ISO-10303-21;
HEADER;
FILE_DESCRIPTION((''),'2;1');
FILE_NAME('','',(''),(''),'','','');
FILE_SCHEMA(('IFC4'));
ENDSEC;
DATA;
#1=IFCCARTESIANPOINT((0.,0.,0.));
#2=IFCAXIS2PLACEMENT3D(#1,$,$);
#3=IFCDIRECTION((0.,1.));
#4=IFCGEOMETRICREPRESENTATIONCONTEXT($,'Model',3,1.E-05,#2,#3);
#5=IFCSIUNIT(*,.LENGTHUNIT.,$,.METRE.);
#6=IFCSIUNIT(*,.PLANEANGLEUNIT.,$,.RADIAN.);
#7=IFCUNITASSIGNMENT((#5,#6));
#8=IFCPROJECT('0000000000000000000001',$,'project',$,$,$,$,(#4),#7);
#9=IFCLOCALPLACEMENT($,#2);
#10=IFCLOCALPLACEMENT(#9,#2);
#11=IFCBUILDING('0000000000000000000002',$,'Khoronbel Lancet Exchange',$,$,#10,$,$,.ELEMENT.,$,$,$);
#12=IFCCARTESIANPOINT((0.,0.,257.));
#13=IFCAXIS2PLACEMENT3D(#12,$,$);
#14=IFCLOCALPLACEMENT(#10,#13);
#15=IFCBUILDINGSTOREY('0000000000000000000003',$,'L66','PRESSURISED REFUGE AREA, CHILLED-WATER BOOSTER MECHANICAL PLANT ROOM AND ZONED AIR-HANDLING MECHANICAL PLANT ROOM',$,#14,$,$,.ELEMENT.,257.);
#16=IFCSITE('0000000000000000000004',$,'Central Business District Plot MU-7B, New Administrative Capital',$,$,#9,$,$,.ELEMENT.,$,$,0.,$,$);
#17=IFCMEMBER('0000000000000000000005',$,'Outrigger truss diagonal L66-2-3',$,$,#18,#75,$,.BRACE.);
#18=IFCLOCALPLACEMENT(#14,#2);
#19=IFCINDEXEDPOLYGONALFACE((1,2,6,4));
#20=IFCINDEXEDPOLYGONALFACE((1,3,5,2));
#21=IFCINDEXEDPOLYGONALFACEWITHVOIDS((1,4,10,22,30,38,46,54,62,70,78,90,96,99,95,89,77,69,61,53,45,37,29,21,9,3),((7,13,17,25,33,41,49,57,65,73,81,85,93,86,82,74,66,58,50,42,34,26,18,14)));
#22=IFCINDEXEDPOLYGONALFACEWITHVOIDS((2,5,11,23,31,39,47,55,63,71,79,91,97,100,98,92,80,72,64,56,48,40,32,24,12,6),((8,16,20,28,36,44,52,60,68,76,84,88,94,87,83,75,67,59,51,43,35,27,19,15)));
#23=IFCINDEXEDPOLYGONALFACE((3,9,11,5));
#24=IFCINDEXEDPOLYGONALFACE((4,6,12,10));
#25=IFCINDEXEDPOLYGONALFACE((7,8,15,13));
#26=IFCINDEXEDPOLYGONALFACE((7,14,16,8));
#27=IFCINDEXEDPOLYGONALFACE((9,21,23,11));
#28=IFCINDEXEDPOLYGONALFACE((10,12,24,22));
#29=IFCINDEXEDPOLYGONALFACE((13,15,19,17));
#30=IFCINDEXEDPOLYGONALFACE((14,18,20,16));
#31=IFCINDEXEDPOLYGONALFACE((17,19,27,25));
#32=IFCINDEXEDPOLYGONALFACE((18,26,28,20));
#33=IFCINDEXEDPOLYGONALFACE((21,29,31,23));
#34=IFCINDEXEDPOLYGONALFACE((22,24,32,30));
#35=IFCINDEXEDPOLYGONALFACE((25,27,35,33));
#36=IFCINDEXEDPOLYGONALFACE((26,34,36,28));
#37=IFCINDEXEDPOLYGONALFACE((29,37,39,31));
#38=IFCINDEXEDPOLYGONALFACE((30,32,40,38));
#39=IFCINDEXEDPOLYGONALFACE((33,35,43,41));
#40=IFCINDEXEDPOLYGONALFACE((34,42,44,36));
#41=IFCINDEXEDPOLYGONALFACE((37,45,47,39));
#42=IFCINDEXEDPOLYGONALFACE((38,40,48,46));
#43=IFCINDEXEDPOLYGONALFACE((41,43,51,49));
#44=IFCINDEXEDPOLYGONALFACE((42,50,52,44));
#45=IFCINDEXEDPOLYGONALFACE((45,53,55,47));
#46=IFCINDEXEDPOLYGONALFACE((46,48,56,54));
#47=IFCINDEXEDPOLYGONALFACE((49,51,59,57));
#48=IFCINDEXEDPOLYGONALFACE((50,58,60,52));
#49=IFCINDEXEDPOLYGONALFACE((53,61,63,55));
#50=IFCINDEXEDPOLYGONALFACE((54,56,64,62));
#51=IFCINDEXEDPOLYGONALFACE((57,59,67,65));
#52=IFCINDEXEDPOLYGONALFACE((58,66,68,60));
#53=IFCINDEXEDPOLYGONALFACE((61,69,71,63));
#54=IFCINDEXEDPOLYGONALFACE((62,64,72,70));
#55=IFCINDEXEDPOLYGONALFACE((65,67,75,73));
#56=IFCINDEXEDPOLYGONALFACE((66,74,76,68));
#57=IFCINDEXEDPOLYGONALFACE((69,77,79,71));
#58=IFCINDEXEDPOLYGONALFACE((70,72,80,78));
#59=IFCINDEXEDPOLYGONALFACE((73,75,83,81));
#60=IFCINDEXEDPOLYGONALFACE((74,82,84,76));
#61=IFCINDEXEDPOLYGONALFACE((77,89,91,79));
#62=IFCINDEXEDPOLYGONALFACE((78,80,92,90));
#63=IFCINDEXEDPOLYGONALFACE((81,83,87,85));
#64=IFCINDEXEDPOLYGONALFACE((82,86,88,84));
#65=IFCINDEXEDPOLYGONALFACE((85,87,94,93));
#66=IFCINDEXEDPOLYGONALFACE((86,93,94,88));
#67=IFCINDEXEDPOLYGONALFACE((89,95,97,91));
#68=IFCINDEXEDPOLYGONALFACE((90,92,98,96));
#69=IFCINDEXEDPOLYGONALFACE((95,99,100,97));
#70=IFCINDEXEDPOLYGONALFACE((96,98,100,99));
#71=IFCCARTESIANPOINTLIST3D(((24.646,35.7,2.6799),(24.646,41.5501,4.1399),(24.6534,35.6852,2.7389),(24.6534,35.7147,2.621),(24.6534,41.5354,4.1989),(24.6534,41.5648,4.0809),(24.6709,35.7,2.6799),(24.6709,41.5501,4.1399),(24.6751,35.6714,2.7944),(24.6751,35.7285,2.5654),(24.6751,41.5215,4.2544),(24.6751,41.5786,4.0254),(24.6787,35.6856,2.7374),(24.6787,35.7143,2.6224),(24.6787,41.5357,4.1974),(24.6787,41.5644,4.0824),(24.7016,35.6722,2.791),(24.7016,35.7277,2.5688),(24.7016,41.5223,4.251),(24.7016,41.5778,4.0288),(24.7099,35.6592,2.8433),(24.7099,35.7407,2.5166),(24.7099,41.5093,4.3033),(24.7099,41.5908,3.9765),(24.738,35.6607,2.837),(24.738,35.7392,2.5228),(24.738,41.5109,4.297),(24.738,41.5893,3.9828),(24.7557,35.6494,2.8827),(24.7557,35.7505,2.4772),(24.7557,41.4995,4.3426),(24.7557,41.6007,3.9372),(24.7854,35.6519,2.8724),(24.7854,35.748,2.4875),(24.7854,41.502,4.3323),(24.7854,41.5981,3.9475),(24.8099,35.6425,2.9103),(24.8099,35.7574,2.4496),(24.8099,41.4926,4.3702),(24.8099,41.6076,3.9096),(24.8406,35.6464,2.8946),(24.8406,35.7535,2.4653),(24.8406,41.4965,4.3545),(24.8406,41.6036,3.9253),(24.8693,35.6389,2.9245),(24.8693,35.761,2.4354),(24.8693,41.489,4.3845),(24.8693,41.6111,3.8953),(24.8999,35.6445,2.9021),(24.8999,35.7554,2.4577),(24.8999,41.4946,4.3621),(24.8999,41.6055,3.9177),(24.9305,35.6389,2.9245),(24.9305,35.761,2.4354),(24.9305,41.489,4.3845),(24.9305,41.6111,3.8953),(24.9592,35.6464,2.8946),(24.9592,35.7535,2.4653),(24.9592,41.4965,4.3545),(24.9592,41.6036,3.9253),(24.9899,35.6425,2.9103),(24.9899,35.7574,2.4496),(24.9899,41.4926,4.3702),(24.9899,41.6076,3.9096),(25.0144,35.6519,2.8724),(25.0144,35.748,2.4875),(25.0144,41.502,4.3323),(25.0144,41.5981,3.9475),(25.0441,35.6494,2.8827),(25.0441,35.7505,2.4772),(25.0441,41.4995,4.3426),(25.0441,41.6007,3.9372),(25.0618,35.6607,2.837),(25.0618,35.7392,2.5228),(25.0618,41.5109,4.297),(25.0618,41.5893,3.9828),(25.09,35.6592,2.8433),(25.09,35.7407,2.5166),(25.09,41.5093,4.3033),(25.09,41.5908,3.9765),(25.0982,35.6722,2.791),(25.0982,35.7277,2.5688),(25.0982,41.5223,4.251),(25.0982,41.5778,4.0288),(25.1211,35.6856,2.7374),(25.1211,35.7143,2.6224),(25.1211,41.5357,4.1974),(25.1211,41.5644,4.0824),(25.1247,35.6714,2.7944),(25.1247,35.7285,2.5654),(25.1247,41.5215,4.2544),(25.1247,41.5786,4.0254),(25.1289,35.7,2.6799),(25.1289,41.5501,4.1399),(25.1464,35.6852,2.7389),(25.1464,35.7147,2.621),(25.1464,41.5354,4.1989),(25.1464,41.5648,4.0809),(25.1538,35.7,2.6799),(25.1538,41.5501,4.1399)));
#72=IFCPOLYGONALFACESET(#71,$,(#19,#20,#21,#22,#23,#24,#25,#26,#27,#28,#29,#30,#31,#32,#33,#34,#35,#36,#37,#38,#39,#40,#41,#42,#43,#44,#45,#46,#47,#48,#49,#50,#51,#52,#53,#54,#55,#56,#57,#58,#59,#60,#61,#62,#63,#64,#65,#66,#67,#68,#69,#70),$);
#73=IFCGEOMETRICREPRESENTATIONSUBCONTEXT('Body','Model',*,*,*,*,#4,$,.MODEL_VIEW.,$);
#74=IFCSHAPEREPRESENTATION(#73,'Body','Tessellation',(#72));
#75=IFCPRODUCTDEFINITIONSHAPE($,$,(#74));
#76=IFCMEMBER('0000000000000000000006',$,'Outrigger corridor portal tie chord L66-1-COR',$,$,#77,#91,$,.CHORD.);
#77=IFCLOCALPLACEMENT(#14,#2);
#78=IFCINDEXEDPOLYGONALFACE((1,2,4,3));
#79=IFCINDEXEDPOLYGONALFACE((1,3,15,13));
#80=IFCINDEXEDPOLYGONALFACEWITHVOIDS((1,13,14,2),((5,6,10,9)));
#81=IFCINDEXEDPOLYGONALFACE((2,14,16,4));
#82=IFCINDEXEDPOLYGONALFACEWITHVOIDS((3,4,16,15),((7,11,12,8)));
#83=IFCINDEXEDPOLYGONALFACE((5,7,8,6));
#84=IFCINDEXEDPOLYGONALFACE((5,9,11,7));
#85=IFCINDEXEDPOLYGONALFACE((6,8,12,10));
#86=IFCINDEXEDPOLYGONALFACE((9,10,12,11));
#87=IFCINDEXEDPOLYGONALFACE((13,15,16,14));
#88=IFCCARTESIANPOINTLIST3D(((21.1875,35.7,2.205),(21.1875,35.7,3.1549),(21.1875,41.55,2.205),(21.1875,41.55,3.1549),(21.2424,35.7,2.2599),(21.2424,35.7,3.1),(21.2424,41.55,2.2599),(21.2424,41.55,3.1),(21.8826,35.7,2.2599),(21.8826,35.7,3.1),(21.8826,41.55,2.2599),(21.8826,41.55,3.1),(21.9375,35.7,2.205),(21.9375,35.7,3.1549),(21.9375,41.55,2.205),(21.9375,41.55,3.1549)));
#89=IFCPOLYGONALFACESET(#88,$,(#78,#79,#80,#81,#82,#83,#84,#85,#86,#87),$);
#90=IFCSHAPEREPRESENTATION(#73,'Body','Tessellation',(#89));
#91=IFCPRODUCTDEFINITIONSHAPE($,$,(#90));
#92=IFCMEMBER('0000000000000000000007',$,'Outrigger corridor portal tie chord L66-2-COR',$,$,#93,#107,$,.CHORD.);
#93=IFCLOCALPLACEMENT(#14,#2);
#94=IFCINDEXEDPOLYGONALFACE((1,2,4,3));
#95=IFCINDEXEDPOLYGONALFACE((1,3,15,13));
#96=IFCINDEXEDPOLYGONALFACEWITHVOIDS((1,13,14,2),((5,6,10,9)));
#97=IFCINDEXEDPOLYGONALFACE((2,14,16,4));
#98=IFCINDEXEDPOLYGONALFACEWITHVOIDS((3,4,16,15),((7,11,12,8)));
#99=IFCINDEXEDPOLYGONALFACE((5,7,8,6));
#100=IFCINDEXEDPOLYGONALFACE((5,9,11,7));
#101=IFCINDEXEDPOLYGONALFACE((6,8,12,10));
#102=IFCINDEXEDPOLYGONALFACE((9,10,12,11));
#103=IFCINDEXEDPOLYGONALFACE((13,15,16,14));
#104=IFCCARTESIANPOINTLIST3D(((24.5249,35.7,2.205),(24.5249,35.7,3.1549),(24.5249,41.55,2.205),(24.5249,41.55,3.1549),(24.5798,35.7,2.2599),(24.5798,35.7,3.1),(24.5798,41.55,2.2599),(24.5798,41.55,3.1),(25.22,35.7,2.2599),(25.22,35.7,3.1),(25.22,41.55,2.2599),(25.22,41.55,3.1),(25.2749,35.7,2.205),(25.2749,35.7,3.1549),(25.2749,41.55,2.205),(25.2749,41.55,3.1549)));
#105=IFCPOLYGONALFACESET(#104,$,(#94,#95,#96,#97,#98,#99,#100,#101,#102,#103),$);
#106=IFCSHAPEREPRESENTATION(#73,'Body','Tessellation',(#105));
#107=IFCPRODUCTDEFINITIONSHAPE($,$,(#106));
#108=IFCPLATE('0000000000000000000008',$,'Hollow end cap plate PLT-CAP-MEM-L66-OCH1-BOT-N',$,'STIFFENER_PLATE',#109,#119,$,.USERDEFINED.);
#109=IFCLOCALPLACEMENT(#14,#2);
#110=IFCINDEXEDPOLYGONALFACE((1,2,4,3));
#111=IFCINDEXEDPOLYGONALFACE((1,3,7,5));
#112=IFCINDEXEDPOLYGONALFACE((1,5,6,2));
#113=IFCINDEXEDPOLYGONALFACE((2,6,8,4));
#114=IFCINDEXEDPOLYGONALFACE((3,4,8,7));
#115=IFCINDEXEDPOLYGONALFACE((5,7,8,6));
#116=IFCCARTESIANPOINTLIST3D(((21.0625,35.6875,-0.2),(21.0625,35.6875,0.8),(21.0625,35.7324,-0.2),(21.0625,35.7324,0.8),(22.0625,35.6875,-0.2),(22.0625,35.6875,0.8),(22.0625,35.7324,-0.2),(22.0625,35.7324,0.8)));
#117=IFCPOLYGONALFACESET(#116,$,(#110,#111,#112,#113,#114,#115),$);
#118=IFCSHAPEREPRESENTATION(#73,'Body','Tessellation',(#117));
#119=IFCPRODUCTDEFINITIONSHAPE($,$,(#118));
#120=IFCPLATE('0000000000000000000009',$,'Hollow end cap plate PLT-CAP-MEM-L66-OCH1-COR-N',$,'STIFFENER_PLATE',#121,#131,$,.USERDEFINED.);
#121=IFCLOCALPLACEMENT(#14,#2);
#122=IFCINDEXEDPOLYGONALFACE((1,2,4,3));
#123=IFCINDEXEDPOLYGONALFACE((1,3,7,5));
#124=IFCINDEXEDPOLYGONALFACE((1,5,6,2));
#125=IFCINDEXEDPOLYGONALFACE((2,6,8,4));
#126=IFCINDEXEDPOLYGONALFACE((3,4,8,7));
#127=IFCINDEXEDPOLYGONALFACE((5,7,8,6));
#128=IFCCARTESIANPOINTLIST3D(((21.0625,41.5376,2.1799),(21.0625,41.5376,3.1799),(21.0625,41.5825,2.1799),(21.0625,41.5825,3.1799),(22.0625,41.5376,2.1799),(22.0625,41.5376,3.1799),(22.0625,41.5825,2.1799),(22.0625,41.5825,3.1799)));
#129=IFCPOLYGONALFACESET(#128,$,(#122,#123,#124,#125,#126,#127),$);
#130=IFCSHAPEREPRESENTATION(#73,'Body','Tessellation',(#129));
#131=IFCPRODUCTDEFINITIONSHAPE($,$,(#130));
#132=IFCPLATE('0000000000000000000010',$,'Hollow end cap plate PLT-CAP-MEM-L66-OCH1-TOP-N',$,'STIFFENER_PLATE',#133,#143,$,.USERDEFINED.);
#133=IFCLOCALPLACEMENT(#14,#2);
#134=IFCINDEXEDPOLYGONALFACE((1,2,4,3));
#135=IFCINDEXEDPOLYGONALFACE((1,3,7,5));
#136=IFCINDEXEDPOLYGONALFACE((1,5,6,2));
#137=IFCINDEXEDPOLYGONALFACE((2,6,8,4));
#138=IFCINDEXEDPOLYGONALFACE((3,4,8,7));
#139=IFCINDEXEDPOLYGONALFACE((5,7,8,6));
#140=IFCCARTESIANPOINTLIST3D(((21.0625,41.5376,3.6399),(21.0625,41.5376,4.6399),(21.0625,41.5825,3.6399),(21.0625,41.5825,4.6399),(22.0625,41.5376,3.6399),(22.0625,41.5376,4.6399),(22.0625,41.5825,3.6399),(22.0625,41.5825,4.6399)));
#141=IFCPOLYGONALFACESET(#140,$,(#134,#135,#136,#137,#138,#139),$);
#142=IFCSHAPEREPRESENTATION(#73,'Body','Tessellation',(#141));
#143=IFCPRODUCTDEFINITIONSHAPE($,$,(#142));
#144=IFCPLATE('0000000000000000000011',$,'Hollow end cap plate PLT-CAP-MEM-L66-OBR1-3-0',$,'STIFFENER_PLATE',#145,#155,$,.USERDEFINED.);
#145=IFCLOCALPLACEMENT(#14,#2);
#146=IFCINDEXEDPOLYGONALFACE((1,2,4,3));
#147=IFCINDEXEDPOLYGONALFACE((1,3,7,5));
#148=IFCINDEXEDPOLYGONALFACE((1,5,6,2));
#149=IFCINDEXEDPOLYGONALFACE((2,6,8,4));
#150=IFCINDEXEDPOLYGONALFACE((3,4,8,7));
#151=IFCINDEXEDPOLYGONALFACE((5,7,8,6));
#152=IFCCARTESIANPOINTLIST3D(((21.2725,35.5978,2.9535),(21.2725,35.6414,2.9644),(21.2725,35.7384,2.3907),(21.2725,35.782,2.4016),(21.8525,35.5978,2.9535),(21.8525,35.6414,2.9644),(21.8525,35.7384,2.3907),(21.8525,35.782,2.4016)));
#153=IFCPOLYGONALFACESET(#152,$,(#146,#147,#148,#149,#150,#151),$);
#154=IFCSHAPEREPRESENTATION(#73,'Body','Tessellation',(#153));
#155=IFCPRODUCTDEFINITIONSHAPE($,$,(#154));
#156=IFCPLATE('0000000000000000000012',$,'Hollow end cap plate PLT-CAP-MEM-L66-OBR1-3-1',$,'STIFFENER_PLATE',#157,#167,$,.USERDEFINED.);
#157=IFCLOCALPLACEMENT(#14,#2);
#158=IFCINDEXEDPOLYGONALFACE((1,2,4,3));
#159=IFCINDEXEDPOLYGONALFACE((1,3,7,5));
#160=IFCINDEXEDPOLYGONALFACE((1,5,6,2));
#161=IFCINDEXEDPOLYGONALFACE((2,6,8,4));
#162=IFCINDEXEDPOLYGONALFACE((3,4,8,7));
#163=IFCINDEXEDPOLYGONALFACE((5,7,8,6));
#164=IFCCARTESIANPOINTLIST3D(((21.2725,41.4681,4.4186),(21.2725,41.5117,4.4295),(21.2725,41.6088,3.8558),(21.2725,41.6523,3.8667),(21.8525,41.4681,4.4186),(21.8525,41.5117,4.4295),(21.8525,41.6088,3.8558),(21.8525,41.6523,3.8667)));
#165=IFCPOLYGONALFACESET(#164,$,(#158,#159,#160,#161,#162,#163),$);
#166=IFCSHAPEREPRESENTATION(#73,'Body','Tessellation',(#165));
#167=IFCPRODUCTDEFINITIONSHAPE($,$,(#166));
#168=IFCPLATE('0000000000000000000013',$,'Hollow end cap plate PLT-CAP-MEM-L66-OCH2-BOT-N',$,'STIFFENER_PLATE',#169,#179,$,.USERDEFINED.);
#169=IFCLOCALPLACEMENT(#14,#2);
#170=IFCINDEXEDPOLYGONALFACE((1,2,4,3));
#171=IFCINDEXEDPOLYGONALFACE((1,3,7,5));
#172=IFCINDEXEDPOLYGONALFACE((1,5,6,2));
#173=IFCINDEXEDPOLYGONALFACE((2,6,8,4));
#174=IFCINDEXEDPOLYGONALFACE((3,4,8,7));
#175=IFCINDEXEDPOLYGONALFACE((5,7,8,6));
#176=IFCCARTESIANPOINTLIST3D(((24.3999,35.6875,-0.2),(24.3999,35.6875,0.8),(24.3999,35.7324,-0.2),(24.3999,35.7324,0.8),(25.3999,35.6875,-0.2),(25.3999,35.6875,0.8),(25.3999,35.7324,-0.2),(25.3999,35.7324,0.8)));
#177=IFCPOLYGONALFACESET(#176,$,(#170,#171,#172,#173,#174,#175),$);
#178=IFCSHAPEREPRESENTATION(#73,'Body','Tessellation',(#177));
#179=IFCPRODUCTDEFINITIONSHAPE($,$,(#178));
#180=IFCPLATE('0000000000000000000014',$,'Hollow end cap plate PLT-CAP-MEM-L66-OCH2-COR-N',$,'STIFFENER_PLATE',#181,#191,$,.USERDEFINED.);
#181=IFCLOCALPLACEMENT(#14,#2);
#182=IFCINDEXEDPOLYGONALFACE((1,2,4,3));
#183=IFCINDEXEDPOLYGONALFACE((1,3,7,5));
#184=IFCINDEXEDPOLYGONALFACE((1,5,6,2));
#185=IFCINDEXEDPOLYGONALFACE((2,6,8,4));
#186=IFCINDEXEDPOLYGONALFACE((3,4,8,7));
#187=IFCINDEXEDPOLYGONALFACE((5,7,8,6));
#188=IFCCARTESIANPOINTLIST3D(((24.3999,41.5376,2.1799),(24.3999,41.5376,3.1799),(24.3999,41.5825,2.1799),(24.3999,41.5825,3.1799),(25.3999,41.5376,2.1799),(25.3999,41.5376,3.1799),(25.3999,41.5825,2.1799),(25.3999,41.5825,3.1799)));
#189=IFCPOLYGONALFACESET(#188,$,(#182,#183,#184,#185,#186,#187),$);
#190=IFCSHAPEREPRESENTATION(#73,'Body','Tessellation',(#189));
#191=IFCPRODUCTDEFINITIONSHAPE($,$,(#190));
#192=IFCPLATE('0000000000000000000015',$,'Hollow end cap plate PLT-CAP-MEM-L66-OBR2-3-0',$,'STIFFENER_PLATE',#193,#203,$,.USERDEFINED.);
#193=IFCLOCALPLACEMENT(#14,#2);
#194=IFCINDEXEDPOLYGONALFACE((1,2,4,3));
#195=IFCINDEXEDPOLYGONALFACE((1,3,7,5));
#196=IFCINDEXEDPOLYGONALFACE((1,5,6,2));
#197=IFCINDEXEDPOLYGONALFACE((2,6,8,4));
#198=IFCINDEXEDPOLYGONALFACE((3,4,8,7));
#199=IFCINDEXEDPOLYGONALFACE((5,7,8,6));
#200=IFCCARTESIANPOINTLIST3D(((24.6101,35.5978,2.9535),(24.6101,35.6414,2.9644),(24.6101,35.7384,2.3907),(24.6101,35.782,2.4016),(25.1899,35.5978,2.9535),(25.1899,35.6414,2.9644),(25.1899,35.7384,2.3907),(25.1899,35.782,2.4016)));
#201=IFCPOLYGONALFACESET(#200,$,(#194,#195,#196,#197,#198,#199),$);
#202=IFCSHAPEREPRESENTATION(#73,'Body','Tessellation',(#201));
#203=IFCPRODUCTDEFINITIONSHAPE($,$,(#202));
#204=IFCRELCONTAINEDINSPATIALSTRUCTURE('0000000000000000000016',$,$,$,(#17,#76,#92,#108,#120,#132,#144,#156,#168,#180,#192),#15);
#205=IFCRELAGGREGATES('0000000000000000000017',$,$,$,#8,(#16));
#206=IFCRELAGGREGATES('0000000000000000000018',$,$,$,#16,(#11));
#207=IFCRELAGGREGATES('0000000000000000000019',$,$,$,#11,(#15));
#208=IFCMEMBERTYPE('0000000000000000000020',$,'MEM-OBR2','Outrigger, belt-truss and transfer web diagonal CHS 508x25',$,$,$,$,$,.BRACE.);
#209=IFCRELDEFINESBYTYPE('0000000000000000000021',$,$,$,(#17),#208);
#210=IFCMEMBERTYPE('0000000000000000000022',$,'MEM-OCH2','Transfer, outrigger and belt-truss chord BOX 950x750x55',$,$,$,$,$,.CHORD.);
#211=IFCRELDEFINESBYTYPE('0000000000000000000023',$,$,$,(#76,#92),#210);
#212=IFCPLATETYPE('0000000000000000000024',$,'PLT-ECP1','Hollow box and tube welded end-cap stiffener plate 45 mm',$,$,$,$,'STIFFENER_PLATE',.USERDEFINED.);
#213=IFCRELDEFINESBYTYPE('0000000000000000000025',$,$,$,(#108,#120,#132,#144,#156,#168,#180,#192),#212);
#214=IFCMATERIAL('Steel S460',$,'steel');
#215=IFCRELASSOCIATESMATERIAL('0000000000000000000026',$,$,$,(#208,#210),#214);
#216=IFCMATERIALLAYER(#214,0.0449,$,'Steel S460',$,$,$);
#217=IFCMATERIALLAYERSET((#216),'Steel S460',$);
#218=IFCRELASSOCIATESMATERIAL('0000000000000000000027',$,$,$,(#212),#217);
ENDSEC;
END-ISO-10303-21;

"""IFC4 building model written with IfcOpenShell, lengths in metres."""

from ifc_helpers import new_model, si_unit, direction, frame, origin, origin_2d, place, context, subcontext, project, spatial, polyline, rectangle, hollow_rectangle, hollow_circle, outline, extrude, material, layer, layer_set, material_profile, profile_set, type_object, element, save


model = new_model("IFC4")

# Units and contexts
model_context = context("Model", 3, precision=1e-05, world=origin(), true_north=direction((0.0, 1.0)))
body_context = subcontext(model_context, "Body", "Model", "MODEL_VIEW")
ifc_project = project(units=[si_unit("LENGTHUNIT", "METRE"), si_unit("PLANEANGLEUNIT", "RADIAN")], contexts=[model_context])

# Site, building, storey
site_placement = place(None, origin())
site = spatial("IfcSite", under=ifc_project, at=site_placement, Name="Central Business District Plot MU-7B, New Administrative Capital", CompositionType="ELEMENT", RefElevation=0.0)
building_placement = place(site_placement, origin())
building = spatial("IfcBuilding", under=site, at=building_placement, Name="Khoronbel Lancet Exchange", CompositionType="ELEMENT")
storey_placement = place(building_placement, frame((0.0, 0.0, 257.0)))
storey = spatial("IfcBuildingStorey", under=building, at=storey_placement, Name="L66", Description="PRESSURISED REFUGE AREA, CHILLED-WATER BOOSTER MECHANICAL PLANT ROOM AND ZONED AIR-HANDLING MECHANICAL PLANT ROOM", CompositionType="ELEMENT", Elevation=257.0)

# Members
ifc_material_1 = material(Name="Steel S460", Category="steel")
ifc_material_profile_1 = material_profile(ifc_material_1, hollow_circle(Radius=0.2539, WallThickness=0.0249, at=origin_2d()), Name="CHS 508x25")
ifc_profile_set_1 = profile_set([ifc_material_profile_1], Name="Steel S460")
member_type_1 = type_object("IfcMemberType", Name="MEM-OBR2", Description="Outrigger, belt-truss and transfer web diagonal CHS 508x25", PredefinedType="BRACE", material=ifc_profile_set_1)
for number, where, z_axis, x_axis, name in (
    (1, (24.8999, 35.7, 2.6799), (0.0, 0.970242, 0.242135), (-1.0, 0.0, 0.0), "Outrigger truss diagonal L66-2-3"),
):
    element("IfcMember", number, at=place(storey_placement, frame(where, z_axis=z_axis, x_axis=x_axis)), inside=storey, type_object=member_type_1, Name=name, PredefinedType="BRACE", context=body_context, shape_type="SweptSolid", body=[
        extrude(hollow_circle(Radius=0.2539, WallThickness=0.0249, at=origin_2d()), origin(), (0.0, 0.0, 1.0), 6.0295),
    ])
ifc_material_profile_2 = material_profile(ifc_material_1, hollow_rectangle(XDim=0.75, YDim=0.95, WallThickness=0.0549, at=origin_2d()), Name="BOX 950x750x55")
ifc_profile_set_2 = profile_set([ifc_material_profile_2], Name="Steel S460")
member_type_2 = type_object("IfcMemberType", Name="MEM-OCH2", Description="Transfer, outrigger and belt-truss chord BOX 950x750x55", PredefinedType="CHORD", material=ifc_profile_set_2)
for number, where, z_axis, x_axis, name in (
    (2, (21.5625, 35.7, 2.6799), (0.0, 1.0, 0.0), (-1.0, 0.0, 0.0), "Outrigger corridor portal tie chord L66-1-COR"),
    (3, (24.8999, 35.7, 2.6799), (0.0, 1.0, 0.0), (-1.0, 0.0, 0.0), "Outrigger corridor portal tie chord L66-2-COR"),
):
    element("IfcMember", number, at=place(storey_placement, frame(where, z_axis=z_axis, x_axis=x_axis)), inside=storey, type_object=member_type_2, Name=name, PredefinedType="CHORD", context=body_context, shape_type="SweptSolid", body=[
        extrude(hollow_rectangle(XDim=0.75, YDim=0.95, WallThickness=0.0549, at=origin_2d()), origin(), (0.0, 0.0, 1.0), 5.8501),
    ])

# Plates
ifc_layer_1 = layer(ifc_material_1, 0.0449, Name="Steel S460")
ifc_layer_set_1 = layer_set([ifc_layer_1], Name="Steel S460")
plate_type_1 = type_object("IfcPlateType", Name="PLT-ECP1", Description="Hollow box and tube welded end-cap stiffener plate 45 mm", ElementType="STIFFENER_PLATE", PredefinedType="USERDEFINED", material=ifc_layer_set_1)
for number, where, z_axis, x_axis, name in (
    (4, (21.5625, 35.71, -0.2), (0.0, 0.0, 1.0), (0.0, 1.0, 0.0), "Hollow end cap plate PLT-CAP-MEM-L66-OCH1-BOT-N"),
    (5, (21.5625, 41.5601, 2.1799), (0.0, 0.0, 1.0), (0.0, 1.0, 0.0), "Hollow end cap plate PLT-CAP-MEM-L66-OCH1-COR-N"),
    (6, (21.5625, 41.5601, 3.6399), (0.0, 0.0, 1.0), (0.0, 1.0, 0.0), "Hollow end cap plate PLT-CAP-MEM-L66-OCH1-TOP-N"),
):
    element("IfcPlate", number, at=place(storey_placement, frame(where, z_axis=z_axis, x_axis=x_axis)), inside=storey, type_object=plate_type_1, Name=name, ObjectType="STIFFENER_PLATE", PredefinedType="USERDEFINED", context=body_context, shape_type="SweptSolid", body=[
        extrude(rectangle(XDim=0.0449, YDim=1.0, at=origin_2d()), origin(), (0.0, 0.0, 1.0), 1.0),
    ])
for number, where, z_axis, x_axis, name in (
    (7, (21.8525, 35.782, 2.4016), (0.0, 0.970167, 0.242437), (-1.0, 0.0, 0.0), "Hollow end cap plate PLT-CAP-MEM-L66-OBR1-3-0"),
    (8, (21.8525, 41.6523, 3.8667), (0.0, 0.970167, 0.242437), (-1.0, 0.0, 0.0), "Hollow end cap plate PLT-CAP-MEM-L66-OBR1-3-1"),
):
    element("IfcPlate", number, at=place(storey_placement, frame(where, z_axis=z_axis, x_axis=x_axis)), inside=storey, type_object=plate_type_1, Name=name, ObjectType="STIFFENER_PLATE", PredefinedType="USERDEFINED", context=body_context, shape_type="SweptSolid", body=[
        extrude(outline(polyline([(0.0, 0.0), (0.5801, 0.0), (0.5801, 0.5801), (0.0, 0.5801), (0.0, 0.0)])), origin(), (0.0, 0.0, -1.0), 0.0449),
    ])
for number, where, z_axis, x_axis, name in (
    (9, (24.8999, 35.71, -0.2), (0.0, 0.0, 1.0), (0.0, 1.0, 0.0), "Hollow end cap plate PLT-CAP-MEM-L66-OCH2-BOT-N"),
    (10, (24.8999, 41.5601, 2.1799), (0.0, 0.0, 1.0), (0.0, 1.0, 0.0), "Hollow end cap plate PLT-CAP-MEM-L66-OCH2-COR-N"),
):
    element("IfcPlate", number, at=place(storey_placement, frame(where, z_axis=z_axis, x_axis=x_axis)), inside=storey, type_object=plate_type_1, Name=name, ObjectType="STIFFENER_PLATE", PredefinedType="USERDEFINED", context=body_context, shape_type="SweptSolid", body=[
        extrude(rectangle(XDim=0.0449, YDim=1.0, at=origin_2d()), origin(), (0.0, 0.0, 1.0), 1.0),
    ])
for number, where, z_axis, x_axis, name in (
    (11, (25.1899, 35.782, 2.4016), (0.0, 0.970167, 0.242437), (-1.0, 0.0, 0.0), "Hollow end cap plate PLT-CAP-MEM-L66-OBR2-3-0"),
):
    element("IfcPlate", number, at=place(storey_placement, frame(where, z_axis=z_axis, x_axis=x_axis)), inside=storey, type_object=plate_type_1, Name=name, ObjectType="STIFFENER_PLATE", PredefinedType="USERDEFINED", context=body_context, shape_type="SweptSolid", body=[
        extrude(outline(polyline([(0.0, 0.0), (0.5798, 0.0), (0.5798, 0.5801), (0.0, 0.5801), (0.0, 0.0)])), origin(), (0.0, 0.0, -1.0), 0.0449),
    ])

save(model, "model.ifc")
